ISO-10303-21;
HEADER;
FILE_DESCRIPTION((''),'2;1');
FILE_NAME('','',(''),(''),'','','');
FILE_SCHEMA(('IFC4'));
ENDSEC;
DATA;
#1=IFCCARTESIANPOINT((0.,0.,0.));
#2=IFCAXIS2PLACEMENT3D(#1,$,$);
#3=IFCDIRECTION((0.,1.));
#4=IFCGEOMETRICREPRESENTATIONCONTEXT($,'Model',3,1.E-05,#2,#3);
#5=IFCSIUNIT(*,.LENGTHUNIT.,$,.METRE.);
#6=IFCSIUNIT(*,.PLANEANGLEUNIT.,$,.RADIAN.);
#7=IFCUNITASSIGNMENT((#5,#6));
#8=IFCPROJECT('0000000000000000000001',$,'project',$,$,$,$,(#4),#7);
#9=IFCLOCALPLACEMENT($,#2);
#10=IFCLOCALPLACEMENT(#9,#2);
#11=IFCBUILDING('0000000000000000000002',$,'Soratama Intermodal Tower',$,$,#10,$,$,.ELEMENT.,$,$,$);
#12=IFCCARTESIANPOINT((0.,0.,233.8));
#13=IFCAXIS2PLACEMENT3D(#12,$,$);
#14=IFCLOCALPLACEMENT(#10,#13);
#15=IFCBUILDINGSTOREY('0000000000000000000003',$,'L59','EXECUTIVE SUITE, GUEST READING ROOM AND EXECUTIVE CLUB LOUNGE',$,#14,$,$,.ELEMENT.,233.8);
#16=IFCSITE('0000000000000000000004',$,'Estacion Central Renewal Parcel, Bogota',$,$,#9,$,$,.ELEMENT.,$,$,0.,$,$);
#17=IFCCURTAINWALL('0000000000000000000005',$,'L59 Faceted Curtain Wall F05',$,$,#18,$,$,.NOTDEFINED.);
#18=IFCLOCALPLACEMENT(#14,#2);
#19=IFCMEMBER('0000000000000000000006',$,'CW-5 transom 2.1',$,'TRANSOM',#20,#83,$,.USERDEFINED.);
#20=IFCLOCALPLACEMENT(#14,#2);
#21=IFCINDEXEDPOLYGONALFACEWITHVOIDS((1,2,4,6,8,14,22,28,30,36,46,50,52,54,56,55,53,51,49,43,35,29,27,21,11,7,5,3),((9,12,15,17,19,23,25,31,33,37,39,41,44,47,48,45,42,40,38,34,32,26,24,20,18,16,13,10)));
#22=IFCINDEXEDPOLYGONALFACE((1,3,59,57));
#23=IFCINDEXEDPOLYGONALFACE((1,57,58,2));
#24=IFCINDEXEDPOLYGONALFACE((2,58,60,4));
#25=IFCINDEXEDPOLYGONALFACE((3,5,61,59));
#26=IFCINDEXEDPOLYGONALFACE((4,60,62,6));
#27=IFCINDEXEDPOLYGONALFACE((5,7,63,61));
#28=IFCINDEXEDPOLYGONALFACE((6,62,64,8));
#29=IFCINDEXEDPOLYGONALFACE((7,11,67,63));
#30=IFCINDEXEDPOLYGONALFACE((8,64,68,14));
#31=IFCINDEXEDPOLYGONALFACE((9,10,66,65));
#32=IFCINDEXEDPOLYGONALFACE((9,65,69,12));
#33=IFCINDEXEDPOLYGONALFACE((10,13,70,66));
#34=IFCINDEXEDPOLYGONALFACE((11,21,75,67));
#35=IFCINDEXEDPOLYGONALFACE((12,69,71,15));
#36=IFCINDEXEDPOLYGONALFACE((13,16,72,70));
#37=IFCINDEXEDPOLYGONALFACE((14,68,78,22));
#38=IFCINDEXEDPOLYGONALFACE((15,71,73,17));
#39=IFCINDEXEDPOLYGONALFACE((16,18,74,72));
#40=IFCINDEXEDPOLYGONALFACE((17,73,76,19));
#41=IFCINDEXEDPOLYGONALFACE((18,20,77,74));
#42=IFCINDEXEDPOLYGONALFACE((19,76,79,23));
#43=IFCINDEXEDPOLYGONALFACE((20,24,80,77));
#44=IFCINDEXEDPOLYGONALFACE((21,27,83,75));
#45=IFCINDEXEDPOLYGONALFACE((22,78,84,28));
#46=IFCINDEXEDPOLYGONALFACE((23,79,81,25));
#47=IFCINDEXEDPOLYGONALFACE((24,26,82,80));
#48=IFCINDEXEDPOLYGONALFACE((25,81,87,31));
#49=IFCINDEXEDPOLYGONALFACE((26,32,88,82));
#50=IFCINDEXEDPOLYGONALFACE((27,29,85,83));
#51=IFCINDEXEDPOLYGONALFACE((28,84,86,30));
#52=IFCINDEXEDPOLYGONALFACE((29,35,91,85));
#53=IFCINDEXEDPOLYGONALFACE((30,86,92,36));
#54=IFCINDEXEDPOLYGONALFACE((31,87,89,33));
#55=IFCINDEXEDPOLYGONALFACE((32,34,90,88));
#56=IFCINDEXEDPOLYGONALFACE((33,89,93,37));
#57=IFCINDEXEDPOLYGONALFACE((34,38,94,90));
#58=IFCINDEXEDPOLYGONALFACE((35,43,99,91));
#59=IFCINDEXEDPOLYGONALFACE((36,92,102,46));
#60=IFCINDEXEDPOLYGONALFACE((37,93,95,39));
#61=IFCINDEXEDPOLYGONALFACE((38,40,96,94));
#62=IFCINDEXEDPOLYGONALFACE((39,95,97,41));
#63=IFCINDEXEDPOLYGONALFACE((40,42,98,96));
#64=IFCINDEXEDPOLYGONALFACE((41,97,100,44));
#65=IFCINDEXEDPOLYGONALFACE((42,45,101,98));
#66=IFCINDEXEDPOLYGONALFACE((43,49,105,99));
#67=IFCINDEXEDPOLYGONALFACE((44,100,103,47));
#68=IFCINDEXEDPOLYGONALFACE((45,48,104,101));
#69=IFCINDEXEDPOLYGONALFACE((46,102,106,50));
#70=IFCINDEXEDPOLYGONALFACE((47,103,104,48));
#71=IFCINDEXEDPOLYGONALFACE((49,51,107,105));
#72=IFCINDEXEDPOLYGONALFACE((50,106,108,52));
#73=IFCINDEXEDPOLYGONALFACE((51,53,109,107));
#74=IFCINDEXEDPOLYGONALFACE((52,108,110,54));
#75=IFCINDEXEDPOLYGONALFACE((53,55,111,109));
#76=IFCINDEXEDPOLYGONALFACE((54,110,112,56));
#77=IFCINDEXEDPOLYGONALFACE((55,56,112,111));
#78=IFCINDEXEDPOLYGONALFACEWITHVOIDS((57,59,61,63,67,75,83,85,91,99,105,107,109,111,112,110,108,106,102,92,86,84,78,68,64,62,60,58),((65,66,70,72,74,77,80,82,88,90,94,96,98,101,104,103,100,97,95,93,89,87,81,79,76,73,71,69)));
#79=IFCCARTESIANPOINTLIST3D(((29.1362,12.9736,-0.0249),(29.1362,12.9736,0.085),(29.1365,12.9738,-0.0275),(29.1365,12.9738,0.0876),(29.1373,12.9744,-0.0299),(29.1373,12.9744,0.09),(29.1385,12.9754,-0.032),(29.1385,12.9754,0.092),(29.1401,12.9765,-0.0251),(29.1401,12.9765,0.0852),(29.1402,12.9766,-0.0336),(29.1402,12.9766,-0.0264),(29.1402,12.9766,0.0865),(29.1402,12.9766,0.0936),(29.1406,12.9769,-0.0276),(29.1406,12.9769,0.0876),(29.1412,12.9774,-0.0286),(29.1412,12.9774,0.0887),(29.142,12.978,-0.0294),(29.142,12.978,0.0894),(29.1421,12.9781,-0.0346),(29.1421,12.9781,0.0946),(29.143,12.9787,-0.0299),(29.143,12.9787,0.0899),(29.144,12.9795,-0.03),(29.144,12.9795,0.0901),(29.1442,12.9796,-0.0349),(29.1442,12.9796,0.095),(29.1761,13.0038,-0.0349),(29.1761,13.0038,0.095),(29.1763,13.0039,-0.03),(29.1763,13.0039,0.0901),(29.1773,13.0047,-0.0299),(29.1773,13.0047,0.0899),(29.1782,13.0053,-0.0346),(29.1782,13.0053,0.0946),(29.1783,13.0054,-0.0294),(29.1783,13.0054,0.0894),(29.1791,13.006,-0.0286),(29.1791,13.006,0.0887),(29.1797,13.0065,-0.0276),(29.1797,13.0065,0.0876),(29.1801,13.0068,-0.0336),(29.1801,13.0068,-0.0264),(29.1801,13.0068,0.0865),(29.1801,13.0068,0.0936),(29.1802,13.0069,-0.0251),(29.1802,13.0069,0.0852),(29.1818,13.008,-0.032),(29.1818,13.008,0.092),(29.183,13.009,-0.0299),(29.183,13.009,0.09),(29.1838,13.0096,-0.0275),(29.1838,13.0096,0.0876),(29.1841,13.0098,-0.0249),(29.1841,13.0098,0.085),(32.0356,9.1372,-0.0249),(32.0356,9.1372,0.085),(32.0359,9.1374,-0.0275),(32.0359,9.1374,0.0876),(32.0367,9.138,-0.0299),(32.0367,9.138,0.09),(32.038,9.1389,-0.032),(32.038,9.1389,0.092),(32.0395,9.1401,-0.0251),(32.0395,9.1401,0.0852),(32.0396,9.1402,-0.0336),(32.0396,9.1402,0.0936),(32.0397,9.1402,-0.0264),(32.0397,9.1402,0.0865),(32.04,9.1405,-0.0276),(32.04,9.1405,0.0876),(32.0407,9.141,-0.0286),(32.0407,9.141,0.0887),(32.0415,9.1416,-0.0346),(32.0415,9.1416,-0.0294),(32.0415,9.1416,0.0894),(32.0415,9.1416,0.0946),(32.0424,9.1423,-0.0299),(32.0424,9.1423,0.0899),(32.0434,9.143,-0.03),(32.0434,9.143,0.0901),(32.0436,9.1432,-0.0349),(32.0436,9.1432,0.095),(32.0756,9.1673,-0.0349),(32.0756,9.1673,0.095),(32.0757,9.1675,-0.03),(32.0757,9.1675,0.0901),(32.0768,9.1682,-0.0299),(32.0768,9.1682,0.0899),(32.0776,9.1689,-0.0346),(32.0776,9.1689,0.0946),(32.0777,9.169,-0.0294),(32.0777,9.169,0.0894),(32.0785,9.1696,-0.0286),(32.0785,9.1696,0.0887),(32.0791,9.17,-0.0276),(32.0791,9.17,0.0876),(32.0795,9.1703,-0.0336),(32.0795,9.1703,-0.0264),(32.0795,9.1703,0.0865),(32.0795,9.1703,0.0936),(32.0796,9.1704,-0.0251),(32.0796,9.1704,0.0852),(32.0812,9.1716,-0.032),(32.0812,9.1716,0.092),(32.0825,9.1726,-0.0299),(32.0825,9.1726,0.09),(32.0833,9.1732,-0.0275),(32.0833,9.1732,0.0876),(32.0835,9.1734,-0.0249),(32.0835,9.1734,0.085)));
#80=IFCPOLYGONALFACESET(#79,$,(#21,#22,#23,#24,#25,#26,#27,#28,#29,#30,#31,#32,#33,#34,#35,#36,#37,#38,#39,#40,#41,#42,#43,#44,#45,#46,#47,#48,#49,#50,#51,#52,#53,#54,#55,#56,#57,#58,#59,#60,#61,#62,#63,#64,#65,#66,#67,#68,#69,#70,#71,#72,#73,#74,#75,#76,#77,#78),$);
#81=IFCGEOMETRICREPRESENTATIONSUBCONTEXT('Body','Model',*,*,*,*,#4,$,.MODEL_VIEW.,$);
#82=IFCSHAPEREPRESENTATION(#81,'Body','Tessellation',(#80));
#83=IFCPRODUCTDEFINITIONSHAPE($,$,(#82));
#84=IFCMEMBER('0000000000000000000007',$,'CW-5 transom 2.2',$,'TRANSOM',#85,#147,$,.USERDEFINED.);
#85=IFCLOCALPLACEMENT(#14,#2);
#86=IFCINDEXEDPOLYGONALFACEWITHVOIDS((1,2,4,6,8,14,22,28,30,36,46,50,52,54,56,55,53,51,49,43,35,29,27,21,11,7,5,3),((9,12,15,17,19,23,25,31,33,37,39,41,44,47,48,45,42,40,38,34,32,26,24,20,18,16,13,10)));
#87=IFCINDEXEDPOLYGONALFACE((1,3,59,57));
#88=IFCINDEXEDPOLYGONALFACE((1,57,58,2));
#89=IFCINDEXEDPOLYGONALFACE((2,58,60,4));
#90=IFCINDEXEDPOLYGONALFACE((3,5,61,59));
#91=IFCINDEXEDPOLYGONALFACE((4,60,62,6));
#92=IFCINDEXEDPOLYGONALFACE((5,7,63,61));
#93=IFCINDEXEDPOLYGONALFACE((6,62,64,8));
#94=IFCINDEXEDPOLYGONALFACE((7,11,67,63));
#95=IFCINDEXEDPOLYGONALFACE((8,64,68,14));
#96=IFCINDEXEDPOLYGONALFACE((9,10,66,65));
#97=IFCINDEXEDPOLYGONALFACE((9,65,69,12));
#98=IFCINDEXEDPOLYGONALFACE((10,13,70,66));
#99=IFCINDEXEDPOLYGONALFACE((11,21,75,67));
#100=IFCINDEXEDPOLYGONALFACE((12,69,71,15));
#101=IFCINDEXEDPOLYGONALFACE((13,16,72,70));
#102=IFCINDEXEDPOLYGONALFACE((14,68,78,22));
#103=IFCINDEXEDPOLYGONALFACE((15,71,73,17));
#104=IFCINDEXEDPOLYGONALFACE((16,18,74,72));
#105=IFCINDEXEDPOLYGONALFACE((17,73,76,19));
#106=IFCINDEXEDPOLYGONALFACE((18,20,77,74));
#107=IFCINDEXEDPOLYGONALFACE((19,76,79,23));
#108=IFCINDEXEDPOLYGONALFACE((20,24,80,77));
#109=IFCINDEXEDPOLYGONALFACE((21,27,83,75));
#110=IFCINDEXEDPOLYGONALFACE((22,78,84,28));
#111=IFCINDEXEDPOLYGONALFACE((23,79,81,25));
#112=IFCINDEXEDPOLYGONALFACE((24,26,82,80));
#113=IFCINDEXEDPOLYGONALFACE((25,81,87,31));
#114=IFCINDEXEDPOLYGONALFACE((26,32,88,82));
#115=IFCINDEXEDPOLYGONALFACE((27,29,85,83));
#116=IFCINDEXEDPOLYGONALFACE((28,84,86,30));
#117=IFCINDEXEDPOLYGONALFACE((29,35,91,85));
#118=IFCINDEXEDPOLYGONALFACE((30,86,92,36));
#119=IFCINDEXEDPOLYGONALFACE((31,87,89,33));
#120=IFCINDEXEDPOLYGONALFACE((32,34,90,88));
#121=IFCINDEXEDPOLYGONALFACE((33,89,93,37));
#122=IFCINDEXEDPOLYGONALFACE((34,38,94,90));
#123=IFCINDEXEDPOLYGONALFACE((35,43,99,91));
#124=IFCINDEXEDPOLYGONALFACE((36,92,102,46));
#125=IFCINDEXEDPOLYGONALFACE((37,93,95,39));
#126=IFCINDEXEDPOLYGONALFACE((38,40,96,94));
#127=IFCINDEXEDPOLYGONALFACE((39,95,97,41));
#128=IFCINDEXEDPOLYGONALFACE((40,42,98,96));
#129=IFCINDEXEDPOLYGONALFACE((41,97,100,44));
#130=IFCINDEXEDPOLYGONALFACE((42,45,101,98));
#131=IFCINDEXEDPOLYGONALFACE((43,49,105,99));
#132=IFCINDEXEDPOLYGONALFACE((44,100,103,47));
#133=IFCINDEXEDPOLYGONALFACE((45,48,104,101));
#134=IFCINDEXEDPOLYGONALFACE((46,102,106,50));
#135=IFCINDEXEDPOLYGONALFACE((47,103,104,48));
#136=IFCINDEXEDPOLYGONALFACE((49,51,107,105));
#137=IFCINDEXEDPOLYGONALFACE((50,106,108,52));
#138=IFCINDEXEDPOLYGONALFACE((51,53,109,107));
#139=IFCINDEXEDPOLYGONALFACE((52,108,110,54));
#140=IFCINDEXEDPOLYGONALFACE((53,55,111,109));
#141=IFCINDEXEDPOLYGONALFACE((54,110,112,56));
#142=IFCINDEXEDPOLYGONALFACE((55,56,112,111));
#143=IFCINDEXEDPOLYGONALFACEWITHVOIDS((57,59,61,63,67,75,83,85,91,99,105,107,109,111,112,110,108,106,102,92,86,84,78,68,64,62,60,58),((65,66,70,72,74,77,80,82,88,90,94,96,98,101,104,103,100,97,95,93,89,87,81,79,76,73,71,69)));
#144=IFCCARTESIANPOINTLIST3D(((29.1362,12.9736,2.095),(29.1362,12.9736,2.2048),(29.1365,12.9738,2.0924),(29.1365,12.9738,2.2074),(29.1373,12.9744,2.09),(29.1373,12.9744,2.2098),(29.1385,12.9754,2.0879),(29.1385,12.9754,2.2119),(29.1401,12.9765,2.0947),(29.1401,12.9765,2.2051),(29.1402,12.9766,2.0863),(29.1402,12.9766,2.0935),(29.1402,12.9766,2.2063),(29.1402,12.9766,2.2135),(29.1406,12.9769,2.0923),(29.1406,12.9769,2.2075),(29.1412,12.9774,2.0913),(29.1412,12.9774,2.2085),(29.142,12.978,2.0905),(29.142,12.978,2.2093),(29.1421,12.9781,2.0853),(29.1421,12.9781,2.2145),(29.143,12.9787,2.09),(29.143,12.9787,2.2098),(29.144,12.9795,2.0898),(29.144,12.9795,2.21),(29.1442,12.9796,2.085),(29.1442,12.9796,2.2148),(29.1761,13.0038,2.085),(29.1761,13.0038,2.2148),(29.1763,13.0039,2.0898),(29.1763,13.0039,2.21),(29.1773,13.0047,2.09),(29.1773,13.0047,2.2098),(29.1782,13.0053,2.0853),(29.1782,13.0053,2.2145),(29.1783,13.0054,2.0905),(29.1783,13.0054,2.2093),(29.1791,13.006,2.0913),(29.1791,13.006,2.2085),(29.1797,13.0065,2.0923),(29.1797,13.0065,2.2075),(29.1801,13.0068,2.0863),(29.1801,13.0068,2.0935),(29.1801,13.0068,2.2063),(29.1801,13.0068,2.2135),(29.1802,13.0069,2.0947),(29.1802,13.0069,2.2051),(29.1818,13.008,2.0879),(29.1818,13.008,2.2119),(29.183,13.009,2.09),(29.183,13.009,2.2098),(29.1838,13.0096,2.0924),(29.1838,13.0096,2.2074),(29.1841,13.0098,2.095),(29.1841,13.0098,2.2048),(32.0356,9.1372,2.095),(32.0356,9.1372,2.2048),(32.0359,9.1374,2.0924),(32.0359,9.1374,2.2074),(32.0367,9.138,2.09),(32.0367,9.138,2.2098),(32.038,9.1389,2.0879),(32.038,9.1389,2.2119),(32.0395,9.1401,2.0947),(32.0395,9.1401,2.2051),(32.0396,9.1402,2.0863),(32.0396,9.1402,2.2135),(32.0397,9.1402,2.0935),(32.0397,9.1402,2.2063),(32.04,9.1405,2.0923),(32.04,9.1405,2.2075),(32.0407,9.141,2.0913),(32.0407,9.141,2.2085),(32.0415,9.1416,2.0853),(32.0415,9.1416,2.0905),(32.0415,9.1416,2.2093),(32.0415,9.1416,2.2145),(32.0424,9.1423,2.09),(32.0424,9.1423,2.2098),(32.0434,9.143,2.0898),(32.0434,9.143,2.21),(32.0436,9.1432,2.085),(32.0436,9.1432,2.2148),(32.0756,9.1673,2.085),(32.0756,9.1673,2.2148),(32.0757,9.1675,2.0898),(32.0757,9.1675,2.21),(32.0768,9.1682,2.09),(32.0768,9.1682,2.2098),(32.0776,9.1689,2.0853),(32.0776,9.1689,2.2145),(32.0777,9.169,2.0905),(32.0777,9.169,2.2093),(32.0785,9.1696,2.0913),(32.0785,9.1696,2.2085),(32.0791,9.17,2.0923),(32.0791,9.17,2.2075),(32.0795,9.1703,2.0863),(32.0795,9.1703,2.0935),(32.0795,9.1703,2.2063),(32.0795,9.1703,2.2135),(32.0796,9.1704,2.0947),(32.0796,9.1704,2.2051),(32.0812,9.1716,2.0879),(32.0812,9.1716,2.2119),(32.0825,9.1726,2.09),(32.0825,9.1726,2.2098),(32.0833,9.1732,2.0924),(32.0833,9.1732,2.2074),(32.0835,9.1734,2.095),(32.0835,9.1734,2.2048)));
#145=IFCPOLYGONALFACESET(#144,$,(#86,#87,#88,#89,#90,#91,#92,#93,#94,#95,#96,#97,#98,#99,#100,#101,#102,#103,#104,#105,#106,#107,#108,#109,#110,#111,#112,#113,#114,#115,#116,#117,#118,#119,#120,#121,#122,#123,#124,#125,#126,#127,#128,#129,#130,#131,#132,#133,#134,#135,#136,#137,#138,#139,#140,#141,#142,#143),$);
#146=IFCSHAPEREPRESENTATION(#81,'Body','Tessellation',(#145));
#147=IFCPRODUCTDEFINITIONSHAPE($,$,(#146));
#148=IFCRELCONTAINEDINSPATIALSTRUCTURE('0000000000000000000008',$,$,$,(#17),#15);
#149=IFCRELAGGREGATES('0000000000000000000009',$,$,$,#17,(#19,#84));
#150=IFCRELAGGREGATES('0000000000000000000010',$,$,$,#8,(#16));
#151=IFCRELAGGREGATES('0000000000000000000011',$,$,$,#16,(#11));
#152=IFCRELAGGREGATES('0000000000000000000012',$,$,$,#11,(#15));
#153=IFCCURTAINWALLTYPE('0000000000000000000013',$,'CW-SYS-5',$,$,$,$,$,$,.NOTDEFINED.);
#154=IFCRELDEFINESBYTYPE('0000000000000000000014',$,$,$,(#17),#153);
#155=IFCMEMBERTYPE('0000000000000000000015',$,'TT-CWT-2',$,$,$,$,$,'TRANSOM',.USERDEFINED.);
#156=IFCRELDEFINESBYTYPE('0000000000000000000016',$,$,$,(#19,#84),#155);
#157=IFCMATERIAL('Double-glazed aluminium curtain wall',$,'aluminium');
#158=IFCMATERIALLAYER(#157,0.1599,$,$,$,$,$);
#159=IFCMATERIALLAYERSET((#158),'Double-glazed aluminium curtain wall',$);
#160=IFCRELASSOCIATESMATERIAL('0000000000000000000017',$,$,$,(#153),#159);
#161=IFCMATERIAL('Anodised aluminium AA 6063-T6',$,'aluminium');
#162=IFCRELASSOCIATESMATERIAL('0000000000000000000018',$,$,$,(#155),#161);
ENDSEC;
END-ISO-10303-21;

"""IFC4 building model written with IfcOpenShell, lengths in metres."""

from ifc_helpers import new_model, si_unit, direction, frame, origin, origin_2d, place, context, subcontext, project, spatial, hollow_rectangle, extrude, material, layer, layer_set, material_profile, profile_set, type_object, element, aggregate, save


model = new_model("IFC4")

# Units and contexts
model_context = context("Model", 3, precision=1e-05, world=origin(), true_north=direction((0.0, 1.0)))
body_context = subcontext(model_context, "Body", "Model", "MODEL_VIEW")
ifc_project = project(units=[si_unit("LENGTHUNIT", "METRE"), si_unit("PLANEANGLEUNIT", "RADIAN")], contexts=[model_context])

# Site, building, storey
site_placement = place(None, origin())
site = spatial("IfcSite", under=ifc_project, at=site_placement, Name="Estacion Central Renewal Parcel, Bogota", CompositionType="ELEMENT", RefElevation=0.0)
building_placement = place(site_placement, origin())
building = spatial("IfcBuilding", under=site, at=building_placement, Name="Soratama Intermodal Tower", CompositionType="ELEMENT")
storey_placement = place(building_placement, frame((0.0, 0.0, 233.8)))
storey = spatial("IfcBuildingStorey", under=building, at=storey_placement, Name="L59", Description="EXECUTIVE SUITE, GUEST READING ROOM AND EXECUTIVE CLUB LOUNGE", CompositionType="ELEMENT", Elevation=233.8)

# Curtain wall, members
ifc_material_1 = material(Name="Double-glazed aluminium curtain wall", Category="aluminium")
ifc_layer_1 = layer(ifc_material_1, 0.1599)
ifc_layer_set_1 = layer_set([ifc_layer_1], Name="Double-glazed aluminium curtain wall")
curtain_wall_type = type_object("IfcCurtainWallType", Name="CW-SYS-5", PredefinedType="NOTDEFINED", material=ifc_layer_set_1)
curtain_wall_placement = place(storey_placement, origin())
curtain_wall = element("IfcCurtainWall", 1, at=curtain_wall_placement, inside=storey, type_object=curtain_wall_type, Name="L59 Faceted Curtain Wall F05", PredefinedType="NOTDEFINED")
ifc_material_2 = material(Name="Anodised aluminium AA 6063-T6", Category="aluminium")
ifc_material_profile_1 = material_profile(ifc_material_2, hollow_rectangle(XDim=0.0601, YDim=0.1299, WallThickness=0.0049, InnerFilletRadius=0.0049, OuterFilletRadius=0.01, at=origin_2d()), Name="CWT130X60X5")
ifc_profile_set_1 = profile_set([ifc_material_profile_1], Name="Anodised aluminium AA 6063-T6")
member_type_1 = type_object("IfcMemberType", Name="TT-CWT-2", ElementType="TRANSOM", PredefinedType="USERDEFINED", material=ifc_profile_set_1)
member_1_placement = place(storey_placement, frame((29.1602, 12.9917, 0.03), z_axis=(0.602937, -0.797789, 0.0), x_axis=(0.797789, 0.602937, 0.0)))
member_1 = element("IfcMember", 2, at=member_1_placement, type_object=member_type_1, Name="CW-5 transom 2.1", ObjectType="TRANSOM", PredefinedType="USERDEFINED", context=body_context, shape_type="SweptSolid", body=[
    extrude(hollow_rectangle(XDim=0.0601, YDim=0.1299, WallThickness=0.0049, InnerFilletRadius=0.0049, OuterFilletRadius=0.01, at=origin_2d()), origin(), (0.0, 0.0, 1.0), 4.8088),
])
member_2_placement = place(storey_placement, frame((29.1602, 12.9917, 2.1499), z_axis=(0.602937, -0.797789, 0.0), x_axis=(0.797789, 0.602937, 0.0)))
member_2 = element("IfcMember", 3, at=member_2_placement, type_object=member_type_1, Name="CW-5 transom 2.2", ObjectType="TRANSOM", PredefinedType="USERDEFINED", context=body_context, shape_type="SweptSolid", body=[
    extrude(hollow_rectangle(XDim=0.0601, YDim=0.1299, WallThickness=0.0049, InnerFilletRadius=0.0049, OuterFilletRadius=0.01, at=origin_2d()), origin(), (0.0, 0.0, 1.0), 4.8088),
])
aggregate(curtain_wall, [member_1, member_2])

save(model, "model.ifc")
